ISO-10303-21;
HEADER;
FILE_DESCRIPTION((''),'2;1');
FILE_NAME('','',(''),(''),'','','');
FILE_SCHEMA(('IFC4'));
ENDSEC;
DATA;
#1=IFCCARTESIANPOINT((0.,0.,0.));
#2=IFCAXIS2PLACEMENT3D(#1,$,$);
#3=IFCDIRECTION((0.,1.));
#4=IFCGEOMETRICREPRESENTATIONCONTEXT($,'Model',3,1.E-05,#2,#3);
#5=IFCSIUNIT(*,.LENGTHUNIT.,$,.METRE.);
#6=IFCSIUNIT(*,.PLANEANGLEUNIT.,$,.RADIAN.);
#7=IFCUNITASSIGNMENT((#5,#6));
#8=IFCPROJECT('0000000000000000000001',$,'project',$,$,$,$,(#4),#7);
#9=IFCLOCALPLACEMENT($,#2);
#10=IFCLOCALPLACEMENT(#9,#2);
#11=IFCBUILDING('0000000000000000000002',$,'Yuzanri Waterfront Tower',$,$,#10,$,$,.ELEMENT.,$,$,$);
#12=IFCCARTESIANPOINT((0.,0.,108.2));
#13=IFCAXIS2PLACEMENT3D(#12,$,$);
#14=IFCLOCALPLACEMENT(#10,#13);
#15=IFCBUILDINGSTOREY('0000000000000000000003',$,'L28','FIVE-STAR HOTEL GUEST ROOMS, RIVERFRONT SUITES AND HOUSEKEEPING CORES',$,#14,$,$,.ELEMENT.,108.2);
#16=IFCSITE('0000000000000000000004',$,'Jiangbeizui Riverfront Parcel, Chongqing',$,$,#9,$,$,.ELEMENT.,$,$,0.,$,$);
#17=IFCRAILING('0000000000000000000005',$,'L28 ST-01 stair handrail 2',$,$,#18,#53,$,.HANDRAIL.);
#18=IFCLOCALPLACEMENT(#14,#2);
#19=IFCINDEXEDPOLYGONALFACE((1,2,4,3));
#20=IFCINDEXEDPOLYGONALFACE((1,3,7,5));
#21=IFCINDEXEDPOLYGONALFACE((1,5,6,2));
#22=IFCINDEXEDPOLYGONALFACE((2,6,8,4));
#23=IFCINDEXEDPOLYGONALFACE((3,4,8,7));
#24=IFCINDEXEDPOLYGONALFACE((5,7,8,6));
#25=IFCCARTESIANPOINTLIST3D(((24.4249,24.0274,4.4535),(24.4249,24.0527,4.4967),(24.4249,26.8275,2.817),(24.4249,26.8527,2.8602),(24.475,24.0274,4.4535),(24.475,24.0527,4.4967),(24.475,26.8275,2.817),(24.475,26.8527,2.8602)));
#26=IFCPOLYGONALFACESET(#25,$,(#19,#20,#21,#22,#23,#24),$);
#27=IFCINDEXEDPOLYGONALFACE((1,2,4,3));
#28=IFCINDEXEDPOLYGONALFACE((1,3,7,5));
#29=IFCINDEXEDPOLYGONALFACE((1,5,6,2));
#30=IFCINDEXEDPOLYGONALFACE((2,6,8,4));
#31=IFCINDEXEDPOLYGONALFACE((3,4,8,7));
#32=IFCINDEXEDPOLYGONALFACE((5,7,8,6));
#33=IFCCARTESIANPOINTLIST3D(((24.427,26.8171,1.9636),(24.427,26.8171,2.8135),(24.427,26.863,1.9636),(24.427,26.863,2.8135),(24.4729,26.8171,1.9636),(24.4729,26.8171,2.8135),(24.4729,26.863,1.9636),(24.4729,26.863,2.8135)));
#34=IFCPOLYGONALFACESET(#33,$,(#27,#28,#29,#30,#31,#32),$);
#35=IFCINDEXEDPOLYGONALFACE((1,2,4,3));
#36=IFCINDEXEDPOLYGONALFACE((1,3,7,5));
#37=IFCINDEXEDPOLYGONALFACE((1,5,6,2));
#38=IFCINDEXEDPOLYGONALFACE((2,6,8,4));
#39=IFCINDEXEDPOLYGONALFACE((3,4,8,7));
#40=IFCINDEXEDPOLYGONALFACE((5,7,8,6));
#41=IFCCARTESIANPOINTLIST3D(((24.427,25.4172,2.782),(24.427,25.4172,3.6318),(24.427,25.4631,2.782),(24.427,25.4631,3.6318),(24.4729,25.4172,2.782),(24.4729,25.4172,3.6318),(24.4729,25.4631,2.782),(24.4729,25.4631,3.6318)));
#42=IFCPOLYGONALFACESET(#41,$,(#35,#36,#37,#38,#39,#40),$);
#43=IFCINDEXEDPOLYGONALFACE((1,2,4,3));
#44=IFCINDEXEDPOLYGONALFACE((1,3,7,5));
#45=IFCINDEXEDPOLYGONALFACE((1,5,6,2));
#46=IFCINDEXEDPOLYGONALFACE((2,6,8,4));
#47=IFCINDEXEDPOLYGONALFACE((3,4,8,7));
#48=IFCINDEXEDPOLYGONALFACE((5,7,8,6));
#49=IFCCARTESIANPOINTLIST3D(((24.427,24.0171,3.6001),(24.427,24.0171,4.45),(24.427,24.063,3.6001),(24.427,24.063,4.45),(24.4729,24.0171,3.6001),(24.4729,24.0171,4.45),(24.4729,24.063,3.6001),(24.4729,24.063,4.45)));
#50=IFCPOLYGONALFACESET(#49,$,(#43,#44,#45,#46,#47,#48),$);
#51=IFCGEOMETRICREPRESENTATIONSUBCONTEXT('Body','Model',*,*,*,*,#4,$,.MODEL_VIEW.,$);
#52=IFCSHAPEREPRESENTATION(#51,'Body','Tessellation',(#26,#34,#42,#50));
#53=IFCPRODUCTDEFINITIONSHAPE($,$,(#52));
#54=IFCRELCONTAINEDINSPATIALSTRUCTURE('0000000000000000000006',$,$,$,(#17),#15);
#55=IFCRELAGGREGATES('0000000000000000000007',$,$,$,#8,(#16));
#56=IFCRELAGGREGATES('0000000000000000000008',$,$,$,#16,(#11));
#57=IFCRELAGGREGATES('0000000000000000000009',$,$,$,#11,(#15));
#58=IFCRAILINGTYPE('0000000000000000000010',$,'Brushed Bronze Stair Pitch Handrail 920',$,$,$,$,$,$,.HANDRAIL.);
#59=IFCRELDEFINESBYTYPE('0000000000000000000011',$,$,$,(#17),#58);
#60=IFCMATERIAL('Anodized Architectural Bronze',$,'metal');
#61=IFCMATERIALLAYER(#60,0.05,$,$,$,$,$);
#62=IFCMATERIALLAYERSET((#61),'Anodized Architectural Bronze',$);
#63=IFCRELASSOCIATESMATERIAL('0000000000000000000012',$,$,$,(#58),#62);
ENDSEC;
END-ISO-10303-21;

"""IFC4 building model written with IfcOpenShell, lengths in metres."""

from ifc_helpers import new_model, si_unit, direction, frame, origin, origin_2d, place, context, subcontext, project, spatial, rectangle, extrude, source, transform, mapped, material, layer, layer_set, type_object, element, save


model = new_model("IFC4")

# Units and contexts
model_context = context("Model", 3, precision=1e-05, world=origin(), true_north=direction((0.0, 1.0)))
body_context = subcontext(model_context, "Body", "Model", "MODEL_VIEW")
ifc_project = project(units=[si_unit("LENGTHUNIT", "METRE"), si_unit("PLANEANGLEUNIT", "RADIAN")], contexts=[model_context])

# Site, building, storey
site_placement = place(None, origin())
site = spatial("IfcSite", under=ifc_project, at=site_placement, Name="Jiangbeizui Riverfront Parcel, Chongqing", CompositionType="ELEMENT", RefElevation=0.0)
building_placement = place(site_placement, origin())
building = spatial("IfcBuilding", under=site, at=building_placement, Name="Yuzanri Waterfront Tower", CompositionType="ELEMENT")
storey_placement = place(building_placement, frame((0.0, 0.0, 108.2)))
storey = spatial("IfcBuildingStorey", under=building, at=storey_placement, Name="L28", Description="FIVE-STAR HOTEL GUEST ROOMS, RIVERFRONT SUITES AND HOUSEKEEPING CORES", CompositionType="ELEMENT", Elevation=108.2)

# Railing
ifc_material_1 = material(Name="Anodized Architectural Bronze", Category="metal")
ifc_layer_1 = layer(ifc_material_1, 0.05)
ifc_layer_set_1 = layer_set([ifc_layer_1], Name="Anodized Architectural Bronze")
railing_type = type_object("IfcRailingType", Name="Brushed Bronze Stair Pitch Handrail 920", PredefinedType="HANDRAIL", material=ifc_layer_set_1)
shared_shape_1 = source(origin(), body_context, "Body", "SweptSolid", [
    extrude(rectangle(XDim=0.05, YDim=0.05, at=origin_2d()), frame((0.0, 0.0, 0.875), z_axis=(0.0, -0.863361, 0.504587), x_axis=(1.0, 0.0, 0.0)), (0.0, 0.0, 1.0), 3.2432),
    extrude(rectangle(XDim=0.0459, YDim=0.0459, at=origin_2d()), origin(), (0.0, 0.0, 1.0), 0.8499),
    extrude(rectangle(XDim=0.0459, YDim=0.0459, at=origin_2d()), frame((0.0, -1.3999, 0.8184)), (0.0, 0.0, 1.0), 0.8499),
    extrude(rectangle(XDim=0.0459, YDim=0.0459, at=origin_2d()), frame((0.0, -2.8, 1.6365)), (0.0, 0.0, 1.0), 0.8499),
])
railing_placement = place(storey_placement, frame((24.45, 26.8401, 1.9636)))
element("IfcRailing", 1, at=railing_placement, inside=storey, type_object=railing_type, Name="L28 ST-01 stair handrail 2", PredefinedType="HANDRAIL", context=body_context, shape_type="MappedRepresentation", body=[
    mapped(shared_shape_1, transform((0.0, 0.0, 0.0), scale=1.0)),
])

save(model, "model.ifc")
